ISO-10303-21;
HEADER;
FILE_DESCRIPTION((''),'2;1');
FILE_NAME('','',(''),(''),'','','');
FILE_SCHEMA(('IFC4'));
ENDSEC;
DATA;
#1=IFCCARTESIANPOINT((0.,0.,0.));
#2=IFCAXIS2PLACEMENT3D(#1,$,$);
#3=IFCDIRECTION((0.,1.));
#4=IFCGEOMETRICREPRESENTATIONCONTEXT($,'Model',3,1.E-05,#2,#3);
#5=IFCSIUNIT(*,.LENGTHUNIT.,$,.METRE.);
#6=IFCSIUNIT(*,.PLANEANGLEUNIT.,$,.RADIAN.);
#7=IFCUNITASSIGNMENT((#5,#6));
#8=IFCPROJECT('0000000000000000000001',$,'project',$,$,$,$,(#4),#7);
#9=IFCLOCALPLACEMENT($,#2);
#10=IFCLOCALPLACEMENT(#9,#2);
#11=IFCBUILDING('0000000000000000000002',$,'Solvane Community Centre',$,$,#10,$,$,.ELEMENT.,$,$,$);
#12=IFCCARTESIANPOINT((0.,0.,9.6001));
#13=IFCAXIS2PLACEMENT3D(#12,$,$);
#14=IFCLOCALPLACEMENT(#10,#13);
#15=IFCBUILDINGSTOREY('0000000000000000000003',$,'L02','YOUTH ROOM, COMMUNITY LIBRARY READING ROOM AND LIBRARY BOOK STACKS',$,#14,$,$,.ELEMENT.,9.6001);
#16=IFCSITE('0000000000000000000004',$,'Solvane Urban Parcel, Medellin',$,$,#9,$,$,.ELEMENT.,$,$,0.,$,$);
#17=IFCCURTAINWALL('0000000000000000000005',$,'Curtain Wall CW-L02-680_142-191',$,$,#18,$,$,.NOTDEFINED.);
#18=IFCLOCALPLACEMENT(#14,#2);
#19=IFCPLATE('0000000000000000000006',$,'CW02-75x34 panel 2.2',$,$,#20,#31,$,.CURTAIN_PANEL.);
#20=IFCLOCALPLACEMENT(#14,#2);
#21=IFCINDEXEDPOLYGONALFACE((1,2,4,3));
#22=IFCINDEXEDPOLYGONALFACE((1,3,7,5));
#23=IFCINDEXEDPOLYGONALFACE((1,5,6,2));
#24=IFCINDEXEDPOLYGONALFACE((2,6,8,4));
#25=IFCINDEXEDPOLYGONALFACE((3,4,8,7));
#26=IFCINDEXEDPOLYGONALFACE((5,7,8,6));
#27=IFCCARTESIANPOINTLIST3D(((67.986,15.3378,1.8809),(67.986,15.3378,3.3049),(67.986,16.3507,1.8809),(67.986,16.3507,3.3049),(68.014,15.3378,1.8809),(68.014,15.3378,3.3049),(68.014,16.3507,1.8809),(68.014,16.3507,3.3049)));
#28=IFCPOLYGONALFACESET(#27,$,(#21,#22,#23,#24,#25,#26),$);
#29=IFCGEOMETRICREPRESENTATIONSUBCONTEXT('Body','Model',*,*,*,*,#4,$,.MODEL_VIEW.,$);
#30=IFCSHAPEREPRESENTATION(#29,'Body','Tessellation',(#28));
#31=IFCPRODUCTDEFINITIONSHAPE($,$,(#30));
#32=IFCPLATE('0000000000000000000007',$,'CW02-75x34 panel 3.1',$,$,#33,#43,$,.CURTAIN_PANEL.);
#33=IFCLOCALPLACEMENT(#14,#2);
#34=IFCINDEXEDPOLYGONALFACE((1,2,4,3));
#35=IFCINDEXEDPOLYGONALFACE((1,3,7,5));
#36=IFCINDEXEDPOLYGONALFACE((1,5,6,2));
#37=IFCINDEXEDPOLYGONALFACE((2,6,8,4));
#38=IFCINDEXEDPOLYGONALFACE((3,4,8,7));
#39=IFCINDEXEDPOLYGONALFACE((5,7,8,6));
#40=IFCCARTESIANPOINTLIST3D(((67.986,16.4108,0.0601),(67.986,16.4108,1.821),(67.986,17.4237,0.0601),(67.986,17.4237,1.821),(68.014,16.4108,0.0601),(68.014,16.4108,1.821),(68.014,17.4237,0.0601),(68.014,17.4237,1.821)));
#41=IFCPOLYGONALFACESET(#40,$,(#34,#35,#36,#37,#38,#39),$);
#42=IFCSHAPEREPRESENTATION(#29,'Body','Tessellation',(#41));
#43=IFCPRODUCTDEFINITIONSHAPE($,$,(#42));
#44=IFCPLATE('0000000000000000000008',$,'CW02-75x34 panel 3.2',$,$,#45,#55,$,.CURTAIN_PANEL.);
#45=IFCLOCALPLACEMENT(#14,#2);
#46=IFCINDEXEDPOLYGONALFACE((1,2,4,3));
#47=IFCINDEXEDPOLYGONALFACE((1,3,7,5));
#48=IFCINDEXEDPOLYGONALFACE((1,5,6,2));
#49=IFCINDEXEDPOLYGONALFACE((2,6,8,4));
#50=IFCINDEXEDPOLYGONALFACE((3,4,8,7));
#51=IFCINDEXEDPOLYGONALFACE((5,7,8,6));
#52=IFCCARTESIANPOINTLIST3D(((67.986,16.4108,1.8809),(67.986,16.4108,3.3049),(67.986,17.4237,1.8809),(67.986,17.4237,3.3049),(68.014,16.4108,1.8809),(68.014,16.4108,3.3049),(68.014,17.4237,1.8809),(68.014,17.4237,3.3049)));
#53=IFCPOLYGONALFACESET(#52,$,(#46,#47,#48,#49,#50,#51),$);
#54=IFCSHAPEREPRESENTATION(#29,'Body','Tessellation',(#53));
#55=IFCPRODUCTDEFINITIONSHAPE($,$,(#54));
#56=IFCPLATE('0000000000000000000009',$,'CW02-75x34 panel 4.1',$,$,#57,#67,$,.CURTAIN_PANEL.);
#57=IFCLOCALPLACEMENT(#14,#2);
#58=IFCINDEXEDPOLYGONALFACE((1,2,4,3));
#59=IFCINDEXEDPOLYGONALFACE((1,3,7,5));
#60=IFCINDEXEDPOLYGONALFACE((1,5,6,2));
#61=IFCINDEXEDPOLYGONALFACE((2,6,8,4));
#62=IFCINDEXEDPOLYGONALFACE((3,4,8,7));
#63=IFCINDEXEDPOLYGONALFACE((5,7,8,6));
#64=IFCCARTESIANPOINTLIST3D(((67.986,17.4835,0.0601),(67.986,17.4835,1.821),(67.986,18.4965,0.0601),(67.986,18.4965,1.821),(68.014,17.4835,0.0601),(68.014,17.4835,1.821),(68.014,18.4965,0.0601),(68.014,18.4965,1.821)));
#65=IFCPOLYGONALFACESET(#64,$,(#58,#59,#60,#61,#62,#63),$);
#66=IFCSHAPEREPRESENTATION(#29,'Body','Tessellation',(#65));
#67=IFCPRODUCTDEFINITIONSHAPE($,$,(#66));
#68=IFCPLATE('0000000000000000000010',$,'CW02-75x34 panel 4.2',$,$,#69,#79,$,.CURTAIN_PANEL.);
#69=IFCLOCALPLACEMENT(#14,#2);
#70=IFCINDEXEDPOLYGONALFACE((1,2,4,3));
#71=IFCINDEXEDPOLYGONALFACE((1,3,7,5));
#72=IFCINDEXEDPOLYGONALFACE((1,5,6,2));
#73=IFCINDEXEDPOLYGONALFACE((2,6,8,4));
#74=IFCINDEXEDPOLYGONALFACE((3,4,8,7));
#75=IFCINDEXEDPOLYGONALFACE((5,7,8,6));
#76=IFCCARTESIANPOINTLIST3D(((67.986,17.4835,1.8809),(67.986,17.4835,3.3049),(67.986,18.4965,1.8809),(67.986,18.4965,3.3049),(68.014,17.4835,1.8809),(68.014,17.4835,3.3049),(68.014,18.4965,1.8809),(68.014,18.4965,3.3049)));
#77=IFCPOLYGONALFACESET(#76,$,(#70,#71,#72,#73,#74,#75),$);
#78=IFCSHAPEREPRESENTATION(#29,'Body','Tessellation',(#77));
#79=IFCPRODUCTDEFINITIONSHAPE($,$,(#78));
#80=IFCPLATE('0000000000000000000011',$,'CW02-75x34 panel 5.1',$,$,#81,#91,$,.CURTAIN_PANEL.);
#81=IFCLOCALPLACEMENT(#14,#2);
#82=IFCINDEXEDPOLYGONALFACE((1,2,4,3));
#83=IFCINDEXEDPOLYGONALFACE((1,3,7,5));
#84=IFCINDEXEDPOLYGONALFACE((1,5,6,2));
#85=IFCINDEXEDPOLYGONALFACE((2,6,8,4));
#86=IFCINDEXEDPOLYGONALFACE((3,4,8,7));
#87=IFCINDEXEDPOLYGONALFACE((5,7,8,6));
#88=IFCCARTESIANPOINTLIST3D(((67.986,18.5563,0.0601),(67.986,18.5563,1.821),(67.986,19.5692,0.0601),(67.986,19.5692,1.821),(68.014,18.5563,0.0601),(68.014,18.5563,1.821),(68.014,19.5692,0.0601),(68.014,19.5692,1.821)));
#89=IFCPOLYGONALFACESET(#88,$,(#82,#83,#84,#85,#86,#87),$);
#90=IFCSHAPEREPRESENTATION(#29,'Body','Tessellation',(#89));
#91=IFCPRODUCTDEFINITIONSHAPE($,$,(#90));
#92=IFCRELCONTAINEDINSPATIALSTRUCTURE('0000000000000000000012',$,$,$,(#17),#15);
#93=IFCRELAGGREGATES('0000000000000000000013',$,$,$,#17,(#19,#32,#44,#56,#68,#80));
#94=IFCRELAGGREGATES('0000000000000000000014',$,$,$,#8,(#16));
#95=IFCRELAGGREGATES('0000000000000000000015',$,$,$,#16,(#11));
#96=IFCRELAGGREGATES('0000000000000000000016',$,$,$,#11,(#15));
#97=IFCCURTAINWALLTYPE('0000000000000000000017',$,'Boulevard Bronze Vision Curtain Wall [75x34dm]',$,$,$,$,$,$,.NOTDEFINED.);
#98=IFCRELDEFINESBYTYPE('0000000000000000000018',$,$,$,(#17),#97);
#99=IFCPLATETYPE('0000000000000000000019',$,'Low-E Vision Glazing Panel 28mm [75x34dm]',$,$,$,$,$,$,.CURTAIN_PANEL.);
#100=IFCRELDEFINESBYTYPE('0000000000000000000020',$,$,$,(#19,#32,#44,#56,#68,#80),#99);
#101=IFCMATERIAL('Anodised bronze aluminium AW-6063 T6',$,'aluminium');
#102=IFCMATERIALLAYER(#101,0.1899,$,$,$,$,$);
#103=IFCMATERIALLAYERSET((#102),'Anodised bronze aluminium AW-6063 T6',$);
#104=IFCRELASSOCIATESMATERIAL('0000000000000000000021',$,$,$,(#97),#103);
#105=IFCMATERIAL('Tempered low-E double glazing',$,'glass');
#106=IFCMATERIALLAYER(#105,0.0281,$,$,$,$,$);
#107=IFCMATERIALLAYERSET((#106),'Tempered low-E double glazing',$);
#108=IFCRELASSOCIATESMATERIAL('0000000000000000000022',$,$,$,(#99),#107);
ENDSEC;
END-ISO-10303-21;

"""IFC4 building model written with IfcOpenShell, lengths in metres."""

from ifc_helpers import new_model, si_unit, direction, frame, origin, origin_2d, place, context, subcontext, project, spatial, rectangle, extrude, material, layer, layer_set, type_object, element, aggregate, save


model = new_model("IFC4")

# Units and contexts
model_context = context("Model", 3, precision=1e-05, world=origin(), true_north=direction((0.0, 1.0)))
body_context = subcontext(model_context, "Body", "Model", "MODEL_VIEW")
ifc_project = project(units=[si_unit("LENGTHUNIT", "METRE"), si_unit("PLANEANGLEUNIT", "RADIAN")], contexts=[model_context])

# Site, building, storey
site_placement = place(None, origin())
site = spatial("IfcSite", under=ifc_project, at=site_placement, Name="Solvane Urban Parcel, Medellin", CompositionType="ELEMENT", RefElevation=0.0)
building_placement = place(site_placement, origin())
building = spatial("IfcBuilding", under=site, at=building_placement, Name="Solvane Community Centre", CompositionType="ELEMENT")
storey_placement = place(building_placement, frame((0.0, 0.0, 9.6001)))
storey = spatial("IfcBuildingStorey", under=building, at=storey_placement, Name="L02", Description="YOUTH ROOM, COMMUNITY LIBRARY READING ROOM AND LIBRARY BOOK STACKS", CompositionType="ELEMENT", Elevation=9.6001)

# Curtain wall, plates
ifc_material_1 = material(Name="Anodised bronze aluminium AW-6063 T6", Category="aluminium")
ifc_layer_1 = layer(ifc_material_1, 0.1899)
ifc_layer_set_1 = layer_set([ifc_layer_1], Name="Anodised bronze aluminium AW-6063 T6")
curtain_wall_type = type_object("IfcCurtainWallType", Name="Boulevard Bronze Vision Curtain Wall [75x34dm]", PredefinedType="NOTDEFINED", material=ifc_layer_set_1)
curtain_wall_placement = place(storey_placement, origin())
curtain_wall = element("IfcCurtainWall", 1, at=curtain_wall_placement, inside=storey, type_object=curtain_wall_type, Name="Curtain Wall CW-L02-680_142-191", PredefinedType="NOTDEFINED")
ifc_material_2 = material(Name="Tempered low-E double glazing", Category="glass")
ifc_layer_2 = layer(ifc_material_2, 0.0281)
ifc_layer_set_2 = layer_set([ifc_layer_2], Name="Tempered low-E double glazing")
plate_type = type_object("IfcPlateType", Name="Low-E Vision Glazing Panel 28mm [75x34dm]", PredefinedType="CURTAIN_PANEL", material=ifc_layer_set_2)
plate_1_placement = place(storey_placement, frame((68.0, 15.8442, 1.8809), z_axis=(0.0, 0.0, 1.0), x_axis=(0.0, 1.0, 0.0)))
plate_1 = element("IfcPlate", 2, at=plate_1_placement, type_object=plate_type, Name="CW02-75x34 panel 2.2", PredefinedType="CURTAIN_PANEL", context=body_context, shape_type="SweptSolid", body=[
    extrude(rectangle(XDim=1.0129, YDim=0.0281, at=origin_2d()), origin(), (0.0, 0.0, 1.0), 1.4241),
])
plate_2_placement = place(storey_placement, frame((68.0, 16.9172, 0.0601), z_axis=(0.0, 0.0, 1.0), x_axis=(0.0, 1.0, 0.0)))
plate_2 = element("IfcPlate", 3, at=plate_2_placement, type_object=plate_type, Name="CW02-75x34 panel 3.1", PredefinedType="CURTAIN_PANEL", context=body_context, shape_type="SweptSolid", body=[
    extrude(rectangle(XDim=1.0129, YDim=0.0281, at=origin_2d()), origin(), (0.0, 0.0, 1.0), 1.761),
])
plate_3_placement = place(storey_placement, frame((68.0, 16.9172, 1.8809), z_axis=(0.0, 0.0, 1.0), x_axis=(0.0, 1.0, 0.0)))
plate_3 = element("IfcPlate", 4, at=plate_3_placement, type_object=plate_type, Name="CW02-75x34 panel 3.2", PredefinedType="CURTAIN_PANEL", context=body_context, shape_type="SweptSolid", body=[
    extrude(rectangle(XDim=1.0129, YDim=0.0281, at=origin_2d()), origin(), (0.0, 0.0, 1.0), 1.4241),
])
plate_4_placement = place(storey_placement, frame((68.0, 17.99, 0.0601), z_axis=(0.0, 0.0, 1.0), x_axis=(0.0, 1.0, 0.0)))
plate_4 = element("IfcPlate", 5, at=plate_4_placement, type_object=plate_type, Name="CW02-75x34 panel 4.1", PredefinedType="CURTAIN_PANEL", context=body_context, shape_type="SweptSolid", body=[
    extrude(rectangle(XDim=1.0129, YDim=0.0281, at=origin_2d()), origin(), (0.0, 0.0, 1.0), 1.761),
])
plate_5_placement = place(storey_placement, frame((68.0, 17.99, 1.8809), z_axis=(0.0, 0.0, 1.0), x_axis=(0.0, 1.0, 0.0)))
plate_5 = element("IfcPlate", 6, at=plate_5_placement, type_object=plate_type, Name="CW02-75x34 panel 4.2", PredefinedType="CURTAIN_PANEL", context=body_context, shape_type="SweptSolid", body=[
    extrude(rectangle(XDim=1.0129, YDim=0.0281, at=origin_2d()), origin(), (0.0, 0.0, 1.0), 1.4241),
])
plate_6_placement = place(storey_placement, frame((68.0, 19.0627, 0.0601), z_axis=(0.0, 0.0, 1.0), x_axis=(0.0, 1.0, 0.0)))
plate_6 = element("IfcPlate", 7, at=plate_6_placement, type_object=plate_type, Name="CW02-75x34 panel 5.1", PredefinedType="CURTAIN_PANEL", context=body_context, shape_type="SweptSolid", body=[
    extrude(rectangle(XDim=1.0129, YDim=0.0281, at=origin_2d()), origin(), (0.0, 0.0, 1.0), 1.761),
])
aggregate(curtain_wall, [plate_1, plate_2, plate_3, plate_4, plate_5, plate_6])

save(model, "model.ifc")
